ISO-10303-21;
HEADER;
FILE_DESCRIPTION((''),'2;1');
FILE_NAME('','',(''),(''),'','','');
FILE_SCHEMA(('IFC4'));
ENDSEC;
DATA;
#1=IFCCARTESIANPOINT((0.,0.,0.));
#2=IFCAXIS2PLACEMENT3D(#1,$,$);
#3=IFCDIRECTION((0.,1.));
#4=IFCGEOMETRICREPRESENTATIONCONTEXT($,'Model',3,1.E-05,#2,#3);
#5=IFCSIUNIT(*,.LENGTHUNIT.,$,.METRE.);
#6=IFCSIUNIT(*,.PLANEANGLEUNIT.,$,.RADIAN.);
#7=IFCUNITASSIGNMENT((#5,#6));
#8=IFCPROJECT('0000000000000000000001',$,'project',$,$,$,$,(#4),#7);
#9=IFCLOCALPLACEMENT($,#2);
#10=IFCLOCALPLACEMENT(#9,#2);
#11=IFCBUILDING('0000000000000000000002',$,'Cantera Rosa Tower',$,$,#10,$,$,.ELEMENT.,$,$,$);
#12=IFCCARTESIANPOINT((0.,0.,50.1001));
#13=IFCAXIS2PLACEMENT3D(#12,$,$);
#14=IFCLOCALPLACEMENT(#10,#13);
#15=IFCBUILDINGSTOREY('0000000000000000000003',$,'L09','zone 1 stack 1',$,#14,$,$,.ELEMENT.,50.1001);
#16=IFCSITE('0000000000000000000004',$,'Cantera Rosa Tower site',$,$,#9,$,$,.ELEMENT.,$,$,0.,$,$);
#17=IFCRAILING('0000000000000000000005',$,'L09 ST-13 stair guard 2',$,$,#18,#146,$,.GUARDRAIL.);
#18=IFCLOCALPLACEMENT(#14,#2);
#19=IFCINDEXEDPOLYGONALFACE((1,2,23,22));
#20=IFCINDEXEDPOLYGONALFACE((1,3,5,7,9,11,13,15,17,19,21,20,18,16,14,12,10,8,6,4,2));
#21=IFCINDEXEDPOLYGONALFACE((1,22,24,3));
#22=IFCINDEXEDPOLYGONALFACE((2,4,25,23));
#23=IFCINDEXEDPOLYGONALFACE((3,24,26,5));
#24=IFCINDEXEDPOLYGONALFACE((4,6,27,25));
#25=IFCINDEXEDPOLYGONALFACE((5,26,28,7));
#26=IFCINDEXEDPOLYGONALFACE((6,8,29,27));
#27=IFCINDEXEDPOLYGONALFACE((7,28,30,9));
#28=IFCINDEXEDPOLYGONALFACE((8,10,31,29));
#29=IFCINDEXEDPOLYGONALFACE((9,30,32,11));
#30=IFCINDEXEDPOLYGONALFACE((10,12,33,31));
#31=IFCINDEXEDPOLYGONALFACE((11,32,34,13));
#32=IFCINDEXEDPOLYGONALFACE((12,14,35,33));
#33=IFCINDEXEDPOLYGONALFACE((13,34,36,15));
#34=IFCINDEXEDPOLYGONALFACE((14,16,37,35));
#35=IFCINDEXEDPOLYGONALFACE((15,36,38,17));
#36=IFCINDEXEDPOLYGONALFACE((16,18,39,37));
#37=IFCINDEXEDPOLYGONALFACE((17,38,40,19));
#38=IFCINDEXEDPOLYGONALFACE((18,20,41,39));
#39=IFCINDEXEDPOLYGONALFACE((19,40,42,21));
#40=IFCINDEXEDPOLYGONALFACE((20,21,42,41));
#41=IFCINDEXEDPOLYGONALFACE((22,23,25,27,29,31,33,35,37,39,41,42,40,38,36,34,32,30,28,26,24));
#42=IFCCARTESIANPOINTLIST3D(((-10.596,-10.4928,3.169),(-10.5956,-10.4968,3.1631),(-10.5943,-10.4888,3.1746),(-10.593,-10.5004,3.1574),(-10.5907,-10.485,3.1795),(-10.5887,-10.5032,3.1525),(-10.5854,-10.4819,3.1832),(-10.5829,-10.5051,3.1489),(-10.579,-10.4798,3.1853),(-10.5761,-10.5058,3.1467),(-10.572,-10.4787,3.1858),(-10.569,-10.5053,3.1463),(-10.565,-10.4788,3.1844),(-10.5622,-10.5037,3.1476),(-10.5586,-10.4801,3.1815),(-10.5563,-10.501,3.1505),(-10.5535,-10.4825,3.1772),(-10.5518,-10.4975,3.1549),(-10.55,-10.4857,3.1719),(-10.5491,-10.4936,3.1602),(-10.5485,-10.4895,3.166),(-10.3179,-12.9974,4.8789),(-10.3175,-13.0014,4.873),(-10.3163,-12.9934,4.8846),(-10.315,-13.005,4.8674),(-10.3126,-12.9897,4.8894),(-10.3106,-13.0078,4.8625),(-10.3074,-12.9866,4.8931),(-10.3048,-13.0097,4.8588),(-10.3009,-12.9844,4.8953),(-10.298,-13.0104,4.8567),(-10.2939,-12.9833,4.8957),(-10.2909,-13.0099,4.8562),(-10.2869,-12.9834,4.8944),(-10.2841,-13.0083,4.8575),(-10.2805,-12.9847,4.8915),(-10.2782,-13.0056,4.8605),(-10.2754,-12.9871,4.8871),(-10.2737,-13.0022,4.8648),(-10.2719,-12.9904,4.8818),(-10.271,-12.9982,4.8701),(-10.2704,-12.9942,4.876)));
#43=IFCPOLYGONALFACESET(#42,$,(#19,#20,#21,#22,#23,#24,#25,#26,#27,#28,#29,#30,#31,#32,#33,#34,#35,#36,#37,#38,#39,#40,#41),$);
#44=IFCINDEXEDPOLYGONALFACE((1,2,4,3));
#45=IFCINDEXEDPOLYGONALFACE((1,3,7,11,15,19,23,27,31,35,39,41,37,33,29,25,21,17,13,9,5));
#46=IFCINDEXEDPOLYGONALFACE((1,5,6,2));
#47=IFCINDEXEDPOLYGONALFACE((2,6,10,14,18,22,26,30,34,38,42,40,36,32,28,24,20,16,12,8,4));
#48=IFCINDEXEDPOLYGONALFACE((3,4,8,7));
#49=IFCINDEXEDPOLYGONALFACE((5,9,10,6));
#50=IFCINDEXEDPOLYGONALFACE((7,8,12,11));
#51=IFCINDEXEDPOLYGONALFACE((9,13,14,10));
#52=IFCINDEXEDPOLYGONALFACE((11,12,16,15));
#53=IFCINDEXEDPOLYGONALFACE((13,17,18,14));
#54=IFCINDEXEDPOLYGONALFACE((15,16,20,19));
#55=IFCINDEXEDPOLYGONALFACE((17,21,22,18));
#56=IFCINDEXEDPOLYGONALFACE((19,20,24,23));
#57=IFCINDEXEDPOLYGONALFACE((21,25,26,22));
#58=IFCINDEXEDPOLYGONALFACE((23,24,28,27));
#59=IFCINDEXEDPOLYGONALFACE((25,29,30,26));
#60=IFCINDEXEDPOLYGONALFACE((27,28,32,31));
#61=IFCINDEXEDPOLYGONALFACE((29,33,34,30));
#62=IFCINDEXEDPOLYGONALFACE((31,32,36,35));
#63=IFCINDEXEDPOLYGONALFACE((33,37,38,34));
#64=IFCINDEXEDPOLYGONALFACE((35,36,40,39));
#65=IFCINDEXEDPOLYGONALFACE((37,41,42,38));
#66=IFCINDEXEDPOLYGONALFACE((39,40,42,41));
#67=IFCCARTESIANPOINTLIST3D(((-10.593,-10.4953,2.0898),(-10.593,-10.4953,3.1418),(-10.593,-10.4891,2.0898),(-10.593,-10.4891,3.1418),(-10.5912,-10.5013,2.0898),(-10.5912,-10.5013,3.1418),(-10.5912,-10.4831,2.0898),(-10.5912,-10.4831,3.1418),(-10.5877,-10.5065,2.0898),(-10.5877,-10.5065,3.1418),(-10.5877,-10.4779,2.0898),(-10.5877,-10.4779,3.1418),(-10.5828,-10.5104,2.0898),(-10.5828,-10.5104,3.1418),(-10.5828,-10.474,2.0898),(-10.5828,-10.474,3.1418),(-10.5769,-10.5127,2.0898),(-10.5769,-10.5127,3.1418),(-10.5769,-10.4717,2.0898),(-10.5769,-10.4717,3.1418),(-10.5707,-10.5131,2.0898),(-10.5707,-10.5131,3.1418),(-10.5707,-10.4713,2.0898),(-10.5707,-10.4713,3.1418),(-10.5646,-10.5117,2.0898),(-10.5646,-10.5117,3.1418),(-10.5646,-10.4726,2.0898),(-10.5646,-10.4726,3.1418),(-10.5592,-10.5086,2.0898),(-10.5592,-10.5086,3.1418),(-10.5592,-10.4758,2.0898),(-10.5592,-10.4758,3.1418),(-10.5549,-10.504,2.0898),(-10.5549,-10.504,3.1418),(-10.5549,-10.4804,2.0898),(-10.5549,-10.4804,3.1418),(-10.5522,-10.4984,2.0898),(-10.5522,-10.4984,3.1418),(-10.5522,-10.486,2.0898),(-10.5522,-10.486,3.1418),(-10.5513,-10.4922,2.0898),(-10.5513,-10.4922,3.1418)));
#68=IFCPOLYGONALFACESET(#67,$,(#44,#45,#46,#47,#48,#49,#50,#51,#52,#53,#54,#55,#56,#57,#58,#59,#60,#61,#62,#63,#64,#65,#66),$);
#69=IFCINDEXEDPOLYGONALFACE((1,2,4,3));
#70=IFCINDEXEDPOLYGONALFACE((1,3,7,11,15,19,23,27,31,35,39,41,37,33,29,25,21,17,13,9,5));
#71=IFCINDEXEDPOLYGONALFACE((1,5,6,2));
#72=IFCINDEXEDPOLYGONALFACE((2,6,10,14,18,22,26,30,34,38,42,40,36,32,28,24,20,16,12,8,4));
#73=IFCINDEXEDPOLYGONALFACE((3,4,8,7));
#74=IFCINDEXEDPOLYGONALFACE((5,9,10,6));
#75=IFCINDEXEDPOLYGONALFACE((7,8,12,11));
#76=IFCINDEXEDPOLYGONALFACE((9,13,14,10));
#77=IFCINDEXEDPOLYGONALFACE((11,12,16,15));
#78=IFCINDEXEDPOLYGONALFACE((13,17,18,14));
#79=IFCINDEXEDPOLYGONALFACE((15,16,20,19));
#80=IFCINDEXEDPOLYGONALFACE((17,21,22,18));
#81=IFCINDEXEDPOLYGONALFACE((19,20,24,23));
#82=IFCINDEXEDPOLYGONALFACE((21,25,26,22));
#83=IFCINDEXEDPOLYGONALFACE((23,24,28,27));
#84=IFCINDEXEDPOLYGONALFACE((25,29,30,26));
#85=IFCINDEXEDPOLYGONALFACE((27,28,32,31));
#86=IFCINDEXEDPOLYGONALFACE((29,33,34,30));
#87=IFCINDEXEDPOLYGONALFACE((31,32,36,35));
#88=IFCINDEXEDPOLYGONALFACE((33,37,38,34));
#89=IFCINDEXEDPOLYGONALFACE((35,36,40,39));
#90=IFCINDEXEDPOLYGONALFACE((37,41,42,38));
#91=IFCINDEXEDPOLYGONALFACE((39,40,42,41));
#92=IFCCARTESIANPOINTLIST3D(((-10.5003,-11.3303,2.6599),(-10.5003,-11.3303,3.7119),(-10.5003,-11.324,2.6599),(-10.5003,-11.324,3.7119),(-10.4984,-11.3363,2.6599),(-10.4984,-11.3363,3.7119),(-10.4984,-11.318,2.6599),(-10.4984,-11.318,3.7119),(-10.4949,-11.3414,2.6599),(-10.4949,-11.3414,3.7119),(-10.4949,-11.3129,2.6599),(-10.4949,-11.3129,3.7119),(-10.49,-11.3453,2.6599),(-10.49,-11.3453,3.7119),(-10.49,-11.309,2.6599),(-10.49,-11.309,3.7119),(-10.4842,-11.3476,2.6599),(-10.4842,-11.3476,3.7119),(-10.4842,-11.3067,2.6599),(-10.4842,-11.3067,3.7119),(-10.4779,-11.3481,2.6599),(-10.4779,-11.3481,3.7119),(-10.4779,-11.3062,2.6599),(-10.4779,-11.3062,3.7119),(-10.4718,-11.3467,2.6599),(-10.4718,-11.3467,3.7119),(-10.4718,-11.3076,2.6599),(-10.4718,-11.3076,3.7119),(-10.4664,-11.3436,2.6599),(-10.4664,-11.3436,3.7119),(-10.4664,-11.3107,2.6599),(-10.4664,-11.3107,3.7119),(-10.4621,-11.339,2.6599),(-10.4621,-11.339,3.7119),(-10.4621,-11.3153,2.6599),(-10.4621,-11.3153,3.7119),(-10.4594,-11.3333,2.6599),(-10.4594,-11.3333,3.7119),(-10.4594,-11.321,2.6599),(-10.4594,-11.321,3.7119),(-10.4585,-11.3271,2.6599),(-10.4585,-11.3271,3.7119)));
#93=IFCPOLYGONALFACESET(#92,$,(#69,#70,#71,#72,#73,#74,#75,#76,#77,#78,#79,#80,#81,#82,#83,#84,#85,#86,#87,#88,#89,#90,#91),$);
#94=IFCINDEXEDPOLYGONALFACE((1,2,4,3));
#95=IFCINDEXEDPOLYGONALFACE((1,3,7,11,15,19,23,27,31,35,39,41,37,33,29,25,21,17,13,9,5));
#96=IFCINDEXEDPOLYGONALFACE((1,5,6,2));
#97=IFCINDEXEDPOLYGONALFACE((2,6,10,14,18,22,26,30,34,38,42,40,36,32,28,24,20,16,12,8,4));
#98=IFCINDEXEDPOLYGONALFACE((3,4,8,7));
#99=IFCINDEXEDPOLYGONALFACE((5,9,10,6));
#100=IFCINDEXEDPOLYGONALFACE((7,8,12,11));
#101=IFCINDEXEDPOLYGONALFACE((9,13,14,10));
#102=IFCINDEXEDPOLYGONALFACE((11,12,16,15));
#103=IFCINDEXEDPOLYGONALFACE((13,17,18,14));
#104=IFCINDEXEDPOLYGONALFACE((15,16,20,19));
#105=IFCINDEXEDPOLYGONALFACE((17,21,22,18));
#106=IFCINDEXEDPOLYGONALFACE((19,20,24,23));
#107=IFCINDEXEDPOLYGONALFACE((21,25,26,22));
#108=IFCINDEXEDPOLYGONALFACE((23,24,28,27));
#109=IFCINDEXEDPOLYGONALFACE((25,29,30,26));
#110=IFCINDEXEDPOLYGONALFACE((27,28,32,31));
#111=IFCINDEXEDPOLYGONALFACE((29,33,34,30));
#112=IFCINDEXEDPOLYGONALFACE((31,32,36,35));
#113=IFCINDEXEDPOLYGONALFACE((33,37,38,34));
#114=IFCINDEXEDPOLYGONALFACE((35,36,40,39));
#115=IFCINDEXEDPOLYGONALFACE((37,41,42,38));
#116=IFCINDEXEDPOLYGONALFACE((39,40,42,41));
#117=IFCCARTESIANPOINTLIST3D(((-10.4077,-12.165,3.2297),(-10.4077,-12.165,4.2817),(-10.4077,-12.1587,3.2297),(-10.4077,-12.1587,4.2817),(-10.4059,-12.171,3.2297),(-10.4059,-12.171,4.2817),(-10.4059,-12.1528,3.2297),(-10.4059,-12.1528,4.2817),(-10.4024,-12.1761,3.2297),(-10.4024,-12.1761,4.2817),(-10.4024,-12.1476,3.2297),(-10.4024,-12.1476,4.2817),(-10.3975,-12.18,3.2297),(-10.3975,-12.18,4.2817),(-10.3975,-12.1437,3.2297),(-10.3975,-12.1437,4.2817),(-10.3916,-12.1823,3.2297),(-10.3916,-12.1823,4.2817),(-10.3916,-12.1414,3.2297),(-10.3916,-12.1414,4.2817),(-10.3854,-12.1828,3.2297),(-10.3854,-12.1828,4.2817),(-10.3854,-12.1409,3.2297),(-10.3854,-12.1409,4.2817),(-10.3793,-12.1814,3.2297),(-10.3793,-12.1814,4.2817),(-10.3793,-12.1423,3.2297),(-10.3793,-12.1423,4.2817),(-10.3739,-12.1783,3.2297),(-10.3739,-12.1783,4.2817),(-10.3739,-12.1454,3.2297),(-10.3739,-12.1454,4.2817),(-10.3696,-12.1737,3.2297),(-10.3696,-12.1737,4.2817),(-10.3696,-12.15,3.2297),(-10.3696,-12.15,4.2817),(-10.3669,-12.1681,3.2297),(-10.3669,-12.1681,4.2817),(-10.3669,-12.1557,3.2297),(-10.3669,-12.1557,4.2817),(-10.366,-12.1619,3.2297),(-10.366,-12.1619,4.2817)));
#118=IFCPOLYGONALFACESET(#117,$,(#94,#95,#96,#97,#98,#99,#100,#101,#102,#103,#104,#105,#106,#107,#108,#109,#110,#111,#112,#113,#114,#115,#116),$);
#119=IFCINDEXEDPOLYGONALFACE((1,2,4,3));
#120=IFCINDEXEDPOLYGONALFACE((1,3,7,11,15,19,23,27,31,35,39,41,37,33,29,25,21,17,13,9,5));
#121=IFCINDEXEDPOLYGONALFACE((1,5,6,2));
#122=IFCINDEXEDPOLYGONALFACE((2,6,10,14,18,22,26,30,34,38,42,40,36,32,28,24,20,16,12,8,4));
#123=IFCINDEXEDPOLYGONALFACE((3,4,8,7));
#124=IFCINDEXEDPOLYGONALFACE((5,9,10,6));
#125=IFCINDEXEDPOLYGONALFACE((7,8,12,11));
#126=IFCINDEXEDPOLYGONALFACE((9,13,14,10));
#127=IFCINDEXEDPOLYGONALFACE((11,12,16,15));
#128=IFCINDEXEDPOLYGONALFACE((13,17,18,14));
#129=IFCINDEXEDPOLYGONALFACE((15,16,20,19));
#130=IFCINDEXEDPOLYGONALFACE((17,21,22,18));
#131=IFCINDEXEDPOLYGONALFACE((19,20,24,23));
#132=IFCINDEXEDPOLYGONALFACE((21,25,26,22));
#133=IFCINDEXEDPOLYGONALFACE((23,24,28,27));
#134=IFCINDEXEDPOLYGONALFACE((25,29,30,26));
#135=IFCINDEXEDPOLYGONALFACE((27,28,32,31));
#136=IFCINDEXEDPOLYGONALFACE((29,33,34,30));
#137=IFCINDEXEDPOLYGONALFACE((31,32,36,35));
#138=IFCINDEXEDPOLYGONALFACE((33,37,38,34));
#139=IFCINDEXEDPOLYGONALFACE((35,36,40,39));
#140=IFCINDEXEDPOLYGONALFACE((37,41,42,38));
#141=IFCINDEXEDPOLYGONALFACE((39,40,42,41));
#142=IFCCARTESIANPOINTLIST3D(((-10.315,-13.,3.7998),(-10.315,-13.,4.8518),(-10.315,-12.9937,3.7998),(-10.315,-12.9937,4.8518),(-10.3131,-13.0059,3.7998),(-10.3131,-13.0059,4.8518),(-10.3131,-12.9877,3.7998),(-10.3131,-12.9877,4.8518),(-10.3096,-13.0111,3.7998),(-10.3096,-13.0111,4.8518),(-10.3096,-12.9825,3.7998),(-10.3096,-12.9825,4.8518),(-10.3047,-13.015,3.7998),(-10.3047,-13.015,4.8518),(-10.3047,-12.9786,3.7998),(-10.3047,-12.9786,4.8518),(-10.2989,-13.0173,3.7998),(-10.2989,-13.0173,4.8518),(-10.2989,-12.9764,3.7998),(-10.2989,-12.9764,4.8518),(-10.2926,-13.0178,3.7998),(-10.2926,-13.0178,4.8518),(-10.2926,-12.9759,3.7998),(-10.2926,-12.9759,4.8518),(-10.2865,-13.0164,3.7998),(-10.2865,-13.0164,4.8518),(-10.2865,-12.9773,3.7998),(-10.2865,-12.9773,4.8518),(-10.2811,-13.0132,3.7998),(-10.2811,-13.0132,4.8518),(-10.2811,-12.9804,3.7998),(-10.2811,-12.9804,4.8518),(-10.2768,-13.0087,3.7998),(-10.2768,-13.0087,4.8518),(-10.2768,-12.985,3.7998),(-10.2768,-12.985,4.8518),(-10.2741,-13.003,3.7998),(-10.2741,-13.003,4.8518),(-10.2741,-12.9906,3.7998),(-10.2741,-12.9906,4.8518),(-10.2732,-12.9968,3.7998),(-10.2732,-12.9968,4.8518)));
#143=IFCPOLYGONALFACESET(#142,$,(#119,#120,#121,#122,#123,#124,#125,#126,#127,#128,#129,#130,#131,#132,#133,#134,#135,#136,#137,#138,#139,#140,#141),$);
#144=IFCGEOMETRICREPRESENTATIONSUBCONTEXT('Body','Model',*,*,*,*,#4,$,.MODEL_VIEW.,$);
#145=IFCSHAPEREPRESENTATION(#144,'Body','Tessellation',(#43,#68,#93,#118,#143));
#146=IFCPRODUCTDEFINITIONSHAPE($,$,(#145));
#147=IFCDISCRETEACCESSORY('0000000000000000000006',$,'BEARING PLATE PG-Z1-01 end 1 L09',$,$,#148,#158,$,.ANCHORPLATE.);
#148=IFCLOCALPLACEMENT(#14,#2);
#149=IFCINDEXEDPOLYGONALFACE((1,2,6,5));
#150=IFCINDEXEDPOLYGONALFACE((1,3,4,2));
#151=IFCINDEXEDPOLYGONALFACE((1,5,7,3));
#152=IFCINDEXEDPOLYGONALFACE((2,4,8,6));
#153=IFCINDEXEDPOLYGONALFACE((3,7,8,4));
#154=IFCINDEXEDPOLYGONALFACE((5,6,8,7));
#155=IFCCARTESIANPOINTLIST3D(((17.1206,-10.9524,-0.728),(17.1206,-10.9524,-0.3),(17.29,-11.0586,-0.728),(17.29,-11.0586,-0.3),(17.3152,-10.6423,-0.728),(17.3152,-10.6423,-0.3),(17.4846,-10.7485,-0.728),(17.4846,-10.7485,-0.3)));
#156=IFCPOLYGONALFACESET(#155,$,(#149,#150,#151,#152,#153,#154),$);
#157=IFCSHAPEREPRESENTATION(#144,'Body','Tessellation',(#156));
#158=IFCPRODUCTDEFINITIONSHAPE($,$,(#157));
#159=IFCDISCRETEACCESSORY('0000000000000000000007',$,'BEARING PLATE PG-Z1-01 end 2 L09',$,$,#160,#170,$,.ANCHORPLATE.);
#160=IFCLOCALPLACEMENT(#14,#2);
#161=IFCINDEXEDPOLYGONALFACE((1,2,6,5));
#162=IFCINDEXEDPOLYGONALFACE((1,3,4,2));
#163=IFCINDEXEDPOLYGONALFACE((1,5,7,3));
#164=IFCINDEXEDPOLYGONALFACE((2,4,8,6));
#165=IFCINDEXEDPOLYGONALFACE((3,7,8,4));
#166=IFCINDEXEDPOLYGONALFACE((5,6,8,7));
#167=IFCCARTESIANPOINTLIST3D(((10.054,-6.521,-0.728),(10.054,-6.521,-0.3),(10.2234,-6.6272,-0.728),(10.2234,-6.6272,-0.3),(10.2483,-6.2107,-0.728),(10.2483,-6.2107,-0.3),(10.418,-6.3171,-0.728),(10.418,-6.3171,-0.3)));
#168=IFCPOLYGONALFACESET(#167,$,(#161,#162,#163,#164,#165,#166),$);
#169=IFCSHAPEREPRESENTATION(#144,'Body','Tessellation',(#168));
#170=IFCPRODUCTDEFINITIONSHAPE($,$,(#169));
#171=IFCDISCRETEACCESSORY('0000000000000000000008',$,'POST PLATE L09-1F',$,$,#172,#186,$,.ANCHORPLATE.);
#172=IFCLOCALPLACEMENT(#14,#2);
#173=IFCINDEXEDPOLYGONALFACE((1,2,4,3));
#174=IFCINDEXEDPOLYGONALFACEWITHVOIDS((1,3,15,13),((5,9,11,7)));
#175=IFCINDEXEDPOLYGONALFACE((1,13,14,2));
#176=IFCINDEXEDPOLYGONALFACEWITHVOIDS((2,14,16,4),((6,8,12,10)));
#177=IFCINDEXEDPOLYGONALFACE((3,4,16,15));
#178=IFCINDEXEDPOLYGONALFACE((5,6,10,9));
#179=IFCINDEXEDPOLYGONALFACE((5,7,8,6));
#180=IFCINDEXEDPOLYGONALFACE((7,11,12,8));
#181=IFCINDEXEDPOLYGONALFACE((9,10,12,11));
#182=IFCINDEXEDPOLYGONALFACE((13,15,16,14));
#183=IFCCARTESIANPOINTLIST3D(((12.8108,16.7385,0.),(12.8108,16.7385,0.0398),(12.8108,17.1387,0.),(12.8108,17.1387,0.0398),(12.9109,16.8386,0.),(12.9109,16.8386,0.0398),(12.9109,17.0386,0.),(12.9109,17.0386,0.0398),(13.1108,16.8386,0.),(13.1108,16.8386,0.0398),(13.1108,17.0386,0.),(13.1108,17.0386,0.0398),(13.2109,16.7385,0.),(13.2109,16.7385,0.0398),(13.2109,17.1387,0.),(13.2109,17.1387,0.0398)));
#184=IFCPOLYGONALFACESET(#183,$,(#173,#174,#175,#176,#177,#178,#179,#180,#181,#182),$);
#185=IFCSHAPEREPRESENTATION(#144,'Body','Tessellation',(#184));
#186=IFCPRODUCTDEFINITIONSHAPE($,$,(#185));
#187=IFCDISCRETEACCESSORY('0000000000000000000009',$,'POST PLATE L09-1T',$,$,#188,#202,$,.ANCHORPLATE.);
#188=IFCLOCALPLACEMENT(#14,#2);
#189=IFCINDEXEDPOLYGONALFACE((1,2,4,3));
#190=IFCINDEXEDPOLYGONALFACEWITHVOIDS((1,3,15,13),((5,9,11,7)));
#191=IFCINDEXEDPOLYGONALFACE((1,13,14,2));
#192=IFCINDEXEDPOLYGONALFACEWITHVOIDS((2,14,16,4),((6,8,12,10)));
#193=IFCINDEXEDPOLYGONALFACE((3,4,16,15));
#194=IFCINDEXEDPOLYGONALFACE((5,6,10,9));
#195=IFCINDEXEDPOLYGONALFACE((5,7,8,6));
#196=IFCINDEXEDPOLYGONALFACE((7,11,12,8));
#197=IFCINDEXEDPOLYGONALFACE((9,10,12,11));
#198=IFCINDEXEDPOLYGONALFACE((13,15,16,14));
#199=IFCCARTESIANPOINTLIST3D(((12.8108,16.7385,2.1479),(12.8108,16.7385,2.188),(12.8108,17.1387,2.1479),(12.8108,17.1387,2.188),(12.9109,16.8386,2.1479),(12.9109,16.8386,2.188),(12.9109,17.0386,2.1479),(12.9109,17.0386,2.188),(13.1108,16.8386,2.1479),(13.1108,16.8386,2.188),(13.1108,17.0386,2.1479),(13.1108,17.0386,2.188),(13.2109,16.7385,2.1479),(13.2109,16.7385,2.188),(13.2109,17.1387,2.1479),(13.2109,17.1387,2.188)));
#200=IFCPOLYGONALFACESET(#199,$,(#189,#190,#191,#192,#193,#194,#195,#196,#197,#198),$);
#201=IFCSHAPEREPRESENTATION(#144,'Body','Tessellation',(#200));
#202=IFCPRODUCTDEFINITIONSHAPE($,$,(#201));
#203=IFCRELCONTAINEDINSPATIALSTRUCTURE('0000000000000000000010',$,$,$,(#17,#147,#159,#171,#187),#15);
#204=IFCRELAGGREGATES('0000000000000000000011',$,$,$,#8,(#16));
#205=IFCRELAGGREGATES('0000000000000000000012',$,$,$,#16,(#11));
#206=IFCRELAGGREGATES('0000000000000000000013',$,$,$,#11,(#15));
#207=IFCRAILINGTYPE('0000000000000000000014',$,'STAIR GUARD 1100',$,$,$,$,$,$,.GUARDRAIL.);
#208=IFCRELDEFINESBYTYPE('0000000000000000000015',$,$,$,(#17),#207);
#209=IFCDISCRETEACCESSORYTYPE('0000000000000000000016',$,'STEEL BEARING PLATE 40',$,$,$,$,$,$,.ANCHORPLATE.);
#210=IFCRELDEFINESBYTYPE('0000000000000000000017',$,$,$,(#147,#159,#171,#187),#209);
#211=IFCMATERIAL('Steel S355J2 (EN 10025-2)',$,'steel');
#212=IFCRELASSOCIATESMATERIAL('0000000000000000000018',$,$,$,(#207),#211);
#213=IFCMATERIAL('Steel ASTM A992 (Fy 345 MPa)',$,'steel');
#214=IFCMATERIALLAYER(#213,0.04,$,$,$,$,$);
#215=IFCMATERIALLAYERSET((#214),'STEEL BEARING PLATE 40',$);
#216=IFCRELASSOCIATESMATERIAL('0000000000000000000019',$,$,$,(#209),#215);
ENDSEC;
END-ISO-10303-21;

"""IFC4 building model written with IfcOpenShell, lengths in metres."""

from ifc_helpers import new_model, si_unit, direction, frame, origin, origin_2d, place, context, subcontext, project, spatial, polyline, circle, outline, extrude, material, layer, layer_set, type_object, element, save


model = new_model("IFC4")

# Units and contexts
model_context = context("Model", 3, precision=1e-05, world=origin(), true_north=direction((0.0, 1.0)))
body_context = subcontext(model_context, "Body", "Model", "MODEL_VIEW")
ifc_project = project(units=[si_unit("LENGTHUNIT", "METRE"), si_unit("PLANEANGLEUNIT", "RADIAN")], contexts=[model_context])

# Site, building, storey
site_placement = place(None, origin())
site = spatial("IfcSite", under=ifc_project, at=site_placement, Name="Cantera Rosa Tower site", CompositionType="ELEMENT", RefElevation=0.0)
building_placement = place(site_placement, origin())
building = spatial("IfcBuilding", under=site, at=building_placement, Name="Cantera Rosa Tower", CompositionType="ELEMENT")
storey_placement = place(building_placement, frame((0.0, 0.0, 50.1001)))
storey = spatial("IfcBuildingStorey", under=building, at=storey_placement, Name="L09", Description="zone 1 stack 1", CompositionType="ELEMENT", Elevation=50.1001)

# Railing
ifc_material_1 = material(Name="Steel S355J2 (EN 10025-2)", Category="steel")
railing_type = type_object("IfcRailingType", Name="STAIR GUARD 1100", PredefinedType="GUARDRAIL", material=ifc_material_1)
railing_1_placement = place(storey_placement, frame((-10.5723, -10.4922, 2.0898)))
element("IfcRailing", 1, at=railing_1_placement, inside=storey, type_object=railing_type, Name="L09 ST-13 stair guard 2", PredefinedType="GUARDRAIL", context=body_context, shape_type="SweptSolid", body=[
    extrude(circle(Radius=0.0239, at=origin_2d()), frame((0.0, 0.0, 1.0762), z_axis=(0.09131, -0.822431, 0.561488), x_axis=(0.993893, 0.110346, 0.0)), (0.0, 0.0, 1.0), 3.0454),
    extrude(circle(Radius=0.021, at=origin_2d()), origin(), (0.0, 0.0, 1.0), 1.052),
    extrude(circle(Radius=0.021, at=origin_2d()), frame((0.0928, -0.835, 0.5701)), (0.0, 0.0, 1.0), 1.052),
    extrude(circle(Radius=0.021, at=origin_2d()), frame((0.1853, -1.6697, 1.1399)), (0.0, 0.0, 1.0), 1.052),
    extrude(circle(Radius=0.021, at=origin_2d()), frame((0.2781, -2.5046, 1.71)), (0.0, 0.0, 1.0), 1.052),
])

# Discrete accessories
ifc_material_2 = material(Name="Steel ASTM A992 (Fy 345 MPa)", Category="steel")
ifc_layer_1 = layer(ifc_material_2, 0.04)
ifc_layer_set_1 = layer_set([ifc_layer_1], Name="STEEL BEARING PLATE 40")
discrete_accessory_type = type_object("IfcDiscreteAccessoryType", Name="STEEL BEARING PLATE 40", PredefinedType="ANCHORPLATE", material=ifc_layer_set_1)
discrete_accessory_1_placement = place(storey_placement, frame((0.0, 0.0, -0.728)))
element("IfcDiscreteAccessory", 2, at=discrete_accessory_1_placement, inside=storey, type_object=discrete_accessory_type, Name="BEARING PLATE PG-Z1-01 end 1 L09", PredefinedType="ANCHORPLATE", context=body_context, shape_type="SweptSolid", body=[
    extrude(outline(polyline([(17.1206, -10.9524), (17.29, -11.0586), (17.4846, -10.7485), (17.3152, -10.6423), (17.1206, -10.9524)])), origin(), (0.0, 0.0, 1.0), 0.428),
])
discrete_accessory_2_placement = place(storey_placement, frame((0.0, 0.0, -0.728)))
element("IfcDiscreteAccessory", 3, at=discrete_accessory_2_placement, inside=storey, type_object=discrete_accessory_type, Name="BEARING PLATE PG-Z1-01 end 2 L09", PredefinedType="ANCHORPLATE", context=body_context, shape_type="SweptSolid", body=[
    extrude(outline(polyline([(10.418, -6.3171), (10.2483, -6.2107), (10.054, -6.521), (10.2234, -6.6272), (10.418, -6.3171)])), origin(), (0.0, 0.0, 1.0), 0.428),
])
discrete_accessory_3_placement = place(storey_placement, origin())
element("IfcDiscreteAccessory", 4, at=discrete_accessory_3_placement, inside=storey, type_object=discrete_accessory_type, Name="POST PLATE L09-1F", PredefinedType="ANCHORPLATE", context=body_context, shape_type="SweptSolid", body=[
    extrude(outline(polyline([(12.8108, 16.7385), (13.2109, 16.7385), (13.2109, 17.1387), (12.8108, 17.1387), (12.8108, 16.7385)]), holes=[polyline([(12.9109, 16.8386), (13.1108, 16.8386), (13.1108, 17.0386), (12.9109, 17.0386), (12.9109, 16.8386)])]), origin(), (0.0, 0.0, 1.0), 0.0398),
])
discrete_accessory_4_placement = place(storey_placement, frame((0.0, 0.0, 2.1479)))
element("IfcDiscreteAccessory", 5, at=discrete_accessory_4_placement, inside=storey, type_object=discrete_accessory_type, Name="POST PLATE L09-1T", PredefinedType="ANCHORPLATE", context=body_context, shape_type="SweptSolid", body=[
    extrude(outline(polyline([(12.8108, 16.7385), (13.2109, 16.7385), (13.2109, 17.1387), (12.8108, 17.1387), (12.8108, 16.7385)]), holes=[polyline([(12.9109, 16.8386), (13.1108, 16.8386), (13.1108, 17.0386), (12.9109, 17.0386), (12.9109, 16.8386)])]), origin(), (0.0, 0.0, 1.0), 0.04),
])

save(model, "model.ifc")
